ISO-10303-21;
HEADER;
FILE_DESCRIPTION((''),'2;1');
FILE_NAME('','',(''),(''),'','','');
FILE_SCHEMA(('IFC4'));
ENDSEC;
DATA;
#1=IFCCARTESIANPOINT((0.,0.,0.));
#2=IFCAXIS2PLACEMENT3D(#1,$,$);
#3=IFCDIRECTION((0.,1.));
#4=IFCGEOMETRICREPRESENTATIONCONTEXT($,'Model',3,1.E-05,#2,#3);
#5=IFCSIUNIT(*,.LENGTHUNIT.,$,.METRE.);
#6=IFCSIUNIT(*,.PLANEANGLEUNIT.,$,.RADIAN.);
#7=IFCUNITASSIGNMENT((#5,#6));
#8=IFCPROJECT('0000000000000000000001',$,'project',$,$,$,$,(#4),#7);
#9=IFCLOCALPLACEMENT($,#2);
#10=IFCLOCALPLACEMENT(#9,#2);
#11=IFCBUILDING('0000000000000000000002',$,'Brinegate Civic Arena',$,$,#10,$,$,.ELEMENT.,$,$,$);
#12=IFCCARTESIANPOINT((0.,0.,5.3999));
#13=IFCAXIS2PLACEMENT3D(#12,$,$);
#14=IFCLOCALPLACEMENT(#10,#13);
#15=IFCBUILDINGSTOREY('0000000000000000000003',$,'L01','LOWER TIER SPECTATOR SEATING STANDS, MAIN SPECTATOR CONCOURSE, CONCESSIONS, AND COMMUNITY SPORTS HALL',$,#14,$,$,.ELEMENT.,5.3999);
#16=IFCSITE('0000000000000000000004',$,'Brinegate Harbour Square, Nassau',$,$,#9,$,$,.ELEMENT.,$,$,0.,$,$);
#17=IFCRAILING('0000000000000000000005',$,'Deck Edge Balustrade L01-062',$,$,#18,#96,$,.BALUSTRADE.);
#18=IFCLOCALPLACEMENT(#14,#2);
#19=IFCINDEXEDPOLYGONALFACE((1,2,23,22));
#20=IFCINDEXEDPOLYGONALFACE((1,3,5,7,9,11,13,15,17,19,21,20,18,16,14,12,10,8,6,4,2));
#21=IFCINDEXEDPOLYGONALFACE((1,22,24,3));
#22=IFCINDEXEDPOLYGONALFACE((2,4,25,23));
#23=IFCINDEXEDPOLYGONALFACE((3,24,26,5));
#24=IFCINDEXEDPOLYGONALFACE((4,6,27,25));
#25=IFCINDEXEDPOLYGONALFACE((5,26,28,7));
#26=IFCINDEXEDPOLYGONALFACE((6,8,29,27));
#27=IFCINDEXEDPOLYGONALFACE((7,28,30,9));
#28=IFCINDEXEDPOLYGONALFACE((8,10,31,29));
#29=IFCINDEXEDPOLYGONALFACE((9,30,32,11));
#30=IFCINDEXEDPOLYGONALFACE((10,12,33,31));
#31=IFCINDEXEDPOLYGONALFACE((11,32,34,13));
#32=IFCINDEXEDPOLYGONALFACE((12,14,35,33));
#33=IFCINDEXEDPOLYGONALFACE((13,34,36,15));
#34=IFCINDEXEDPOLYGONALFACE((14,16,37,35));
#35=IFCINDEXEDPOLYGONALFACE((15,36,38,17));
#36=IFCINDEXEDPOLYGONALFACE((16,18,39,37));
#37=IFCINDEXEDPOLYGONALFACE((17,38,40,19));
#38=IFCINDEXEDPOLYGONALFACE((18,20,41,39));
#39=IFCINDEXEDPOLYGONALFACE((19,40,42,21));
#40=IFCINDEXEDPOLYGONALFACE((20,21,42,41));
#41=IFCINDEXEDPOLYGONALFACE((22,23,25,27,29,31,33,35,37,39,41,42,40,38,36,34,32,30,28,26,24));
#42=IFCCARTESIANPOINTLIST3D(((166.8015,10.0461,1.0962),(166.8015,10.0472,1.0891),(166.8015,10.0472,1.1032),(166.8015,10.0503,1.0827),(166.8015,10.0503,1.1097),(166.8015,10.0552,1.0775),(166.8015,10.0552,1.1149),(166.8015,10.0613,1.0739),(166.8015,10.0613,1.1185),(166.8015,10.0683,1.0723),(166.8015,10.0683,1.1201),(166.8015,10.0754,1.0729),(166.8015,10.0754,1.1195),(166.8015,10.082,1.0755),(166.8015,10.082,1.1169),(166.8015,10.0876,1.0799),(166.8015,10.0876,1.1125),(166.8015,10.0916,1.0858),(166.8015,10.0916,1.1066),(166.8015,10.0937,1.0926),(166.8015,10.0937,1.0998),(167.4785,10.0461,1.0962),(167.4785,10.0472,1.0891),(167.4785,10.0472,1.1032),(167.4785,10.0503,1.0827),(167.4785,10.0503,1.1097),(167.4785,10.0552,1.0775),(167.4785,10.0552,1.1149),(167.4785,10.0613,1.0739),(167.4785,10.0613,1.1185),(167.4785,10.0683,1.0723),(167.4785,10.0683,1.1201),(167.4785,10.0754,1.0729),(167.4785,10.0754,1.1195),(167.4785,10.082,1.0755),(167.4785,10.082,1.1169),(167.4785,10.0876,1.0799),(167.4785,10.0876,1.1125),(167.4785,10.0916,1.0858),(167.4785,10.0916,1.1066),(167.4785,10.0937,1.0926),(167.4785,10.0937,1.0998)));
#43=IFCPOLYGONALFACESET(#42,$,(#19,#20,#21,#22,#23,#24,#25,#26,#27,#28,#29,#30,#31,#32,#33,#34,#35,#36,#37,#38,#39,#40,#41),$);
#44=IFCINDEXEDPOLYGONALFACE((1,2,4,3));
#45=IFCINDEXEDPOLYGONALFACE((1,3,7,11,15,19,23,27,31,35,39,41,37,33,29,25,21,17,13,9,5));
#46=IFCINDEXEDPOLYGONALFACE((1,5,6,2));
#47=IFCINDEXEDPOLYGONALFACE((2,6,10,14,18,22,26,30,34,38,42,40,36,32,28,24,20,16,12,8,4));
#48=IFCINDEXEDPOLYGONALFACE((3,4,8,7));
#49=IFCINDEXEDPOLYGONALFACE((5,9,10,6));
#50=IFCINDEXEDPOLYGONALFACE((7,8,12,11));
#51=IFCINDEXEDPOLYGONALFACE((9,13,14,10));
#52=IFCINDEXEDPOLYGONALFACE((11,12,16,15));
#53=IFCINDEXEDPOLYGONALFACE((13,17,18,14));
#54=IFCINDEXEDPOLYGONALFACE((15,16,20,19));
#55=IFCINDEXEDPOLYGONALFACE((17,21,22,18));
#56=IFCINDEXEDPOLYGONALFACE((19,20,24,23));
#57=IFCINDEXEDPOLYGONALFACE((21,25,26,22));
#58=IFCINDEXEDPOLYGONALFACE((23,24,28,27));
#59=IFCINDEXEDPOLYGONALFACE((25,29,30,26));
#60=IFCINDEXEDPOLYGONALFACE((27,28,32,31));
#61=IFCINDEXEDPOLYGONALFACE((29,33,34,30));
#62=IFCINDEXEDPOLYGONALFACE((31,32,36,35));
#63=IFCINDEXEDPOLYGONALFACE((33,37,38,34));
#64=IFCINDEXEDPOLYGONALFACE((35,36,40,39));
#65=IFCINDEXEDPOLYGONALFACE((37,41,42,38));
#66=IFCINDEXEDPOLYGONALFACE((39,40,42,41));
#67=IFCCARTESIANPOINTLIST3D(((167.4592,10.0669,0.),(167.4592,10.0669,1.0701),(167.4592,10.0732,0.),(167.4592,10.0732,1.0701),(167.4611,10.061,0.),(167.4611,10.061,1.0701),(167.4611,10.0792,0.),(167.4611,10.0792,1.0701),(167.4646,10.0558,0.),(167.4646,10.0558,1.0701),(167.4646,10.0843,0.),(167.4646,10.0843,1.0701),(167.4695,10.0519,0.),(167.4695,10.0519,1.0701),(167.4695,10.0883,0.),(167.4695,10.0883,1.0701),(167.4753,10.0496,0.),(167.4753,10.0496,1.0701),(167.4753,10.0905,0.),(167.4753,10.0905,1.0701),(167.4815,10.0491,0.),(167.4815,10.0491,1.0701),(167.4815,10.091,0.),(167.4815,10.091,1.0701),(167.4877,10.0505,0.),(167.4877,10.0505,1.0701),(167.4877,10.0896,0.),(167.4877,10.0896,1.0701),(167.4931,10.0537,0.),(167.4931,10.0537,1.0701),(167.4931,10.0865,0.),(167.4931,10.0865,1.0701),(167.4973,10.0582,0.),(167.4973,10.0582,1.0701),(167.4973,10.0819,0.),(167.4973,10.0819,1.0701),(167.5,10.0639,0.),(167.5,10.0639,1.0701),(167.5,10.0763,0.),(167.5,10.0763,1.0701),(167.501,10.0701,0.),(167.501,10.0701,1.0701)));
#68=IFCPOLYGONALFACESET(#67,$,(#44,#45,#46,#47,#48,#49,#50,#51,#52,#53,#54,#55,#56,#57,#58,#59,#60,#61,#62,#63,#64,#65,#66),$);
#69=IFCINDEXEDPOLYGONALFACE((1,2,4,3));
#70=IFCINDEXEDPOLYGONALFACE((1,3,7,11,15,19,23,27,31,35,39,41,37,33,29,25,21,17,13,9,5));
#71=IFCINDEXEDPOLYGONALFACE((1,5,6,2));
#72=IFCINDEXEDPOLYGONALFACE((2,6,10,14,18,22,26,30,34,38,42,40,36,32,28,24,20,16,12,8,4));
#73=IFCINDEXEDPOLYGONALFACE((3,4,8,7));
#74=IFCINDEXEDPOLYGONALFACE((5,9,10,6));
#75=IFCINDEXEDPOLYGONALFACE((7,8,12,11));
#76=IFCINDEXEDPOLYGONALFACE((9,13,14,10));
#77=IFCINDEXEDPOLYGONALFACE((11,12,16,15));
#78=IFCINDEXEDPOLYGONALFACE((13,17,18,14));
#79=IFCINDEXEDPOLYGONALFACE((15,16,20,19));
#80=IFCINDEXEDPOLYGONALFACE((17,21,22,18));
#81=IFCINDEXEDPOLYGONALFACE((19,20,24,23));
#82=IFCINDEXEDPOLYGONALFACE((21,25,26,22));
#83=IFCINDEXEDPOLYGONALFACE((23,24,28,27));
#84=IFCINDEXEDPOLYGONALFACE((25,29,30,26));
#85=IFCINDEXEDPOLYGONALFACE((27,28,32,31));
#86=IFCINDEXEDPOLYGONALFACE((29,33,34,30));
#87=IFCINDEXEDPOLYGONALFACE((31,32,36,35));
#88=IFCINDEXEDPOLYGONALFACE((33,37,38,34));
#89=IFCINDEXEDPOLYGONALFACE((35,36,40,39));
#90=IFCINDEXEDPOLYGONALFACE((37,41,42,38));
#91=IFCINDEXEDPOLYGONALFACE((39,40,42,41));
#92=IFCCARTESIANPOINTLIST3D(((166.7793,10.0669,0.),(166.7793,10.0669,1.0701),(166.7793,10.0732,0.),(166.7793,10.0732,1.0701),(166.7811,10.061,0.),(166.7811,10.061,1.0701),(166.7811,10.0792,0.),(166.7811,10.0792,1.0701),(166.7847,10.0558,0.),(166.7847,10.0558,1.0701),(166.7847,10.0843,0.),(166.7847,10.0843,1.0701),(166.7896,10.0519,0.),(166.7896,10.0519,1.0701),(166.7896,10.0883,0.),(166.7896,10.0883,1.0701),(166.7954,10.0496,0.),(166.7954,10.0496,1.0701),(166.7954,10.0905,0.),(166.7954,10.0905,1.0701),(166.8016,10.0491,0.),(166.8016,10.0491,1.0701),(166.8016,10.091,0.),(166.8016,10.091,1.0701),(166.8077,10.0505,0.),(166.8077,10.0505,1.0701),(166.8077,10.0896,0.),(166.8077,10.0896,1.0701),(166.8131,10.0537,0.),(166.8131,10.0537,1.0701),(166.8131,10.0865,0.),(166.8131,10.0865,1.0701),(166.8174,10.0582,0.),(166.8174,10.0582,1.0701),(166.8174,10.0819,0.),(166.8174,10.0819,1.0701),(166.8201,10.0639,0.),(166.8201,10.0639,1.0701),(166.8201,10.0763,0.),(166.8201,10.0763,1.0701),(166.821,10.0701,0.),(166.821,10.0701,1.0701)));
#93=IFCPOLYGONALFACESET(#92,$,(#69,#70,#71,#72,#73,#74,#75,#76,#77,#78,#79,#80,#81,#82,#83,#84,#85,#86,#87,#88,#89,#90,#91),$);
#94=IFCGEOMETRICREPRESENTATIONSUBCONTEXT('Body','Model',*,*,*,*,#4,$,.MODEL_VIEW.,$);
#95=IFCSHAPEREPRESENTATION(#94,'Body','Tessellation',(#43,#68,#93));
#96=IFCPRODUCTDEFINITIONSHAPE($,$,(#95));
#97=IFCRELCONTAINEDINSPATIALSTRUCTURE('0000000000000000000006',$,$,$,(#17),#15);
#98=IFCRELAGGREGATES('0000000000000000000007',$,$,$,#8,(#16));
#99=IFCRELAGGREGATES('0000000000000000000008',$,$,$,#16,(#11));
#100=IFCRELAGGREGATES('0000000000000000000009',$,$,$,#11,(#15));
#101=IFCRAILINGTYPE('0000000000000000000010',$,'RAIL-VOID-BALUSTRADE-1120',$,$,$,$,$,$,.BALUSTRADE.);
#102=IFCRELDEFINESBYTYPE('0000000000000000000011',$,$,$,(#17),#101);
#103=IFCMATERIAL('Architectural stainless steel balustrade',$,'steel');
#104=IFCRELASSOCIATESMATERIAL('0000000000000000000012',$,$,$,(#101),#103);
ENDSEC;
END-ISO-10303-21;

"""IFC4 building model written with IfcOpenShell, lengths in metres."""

from ifc_helpers import new_model, si_unit, direction, frame, origin, origin_2d, place, context, subcontext, project, spatial, circle, extrude, material, type_object, element, save


model = new_model("IFC4")

# Units and contexts
model_context = context("Model", 3, precision=1e-05, world=origin(), true_north=direction((0.0, 1.0)))
body_context = subcontext(model_context, "Body", "Model", "MODEL_VIEW")
ifc_project = project(units=[si_unit("LENGTHUNIT", "METRE"), si_unit("PLANEANGLEUNIT", "RADIAN")], contexts=[model_context])

# Site, building, storey
site_placement = place(None, origin())
site = spatial("IfcSite", under=ifc_project, at=site_placement, Name="Brinegate Harbour Square, Nassau", CompositionType="ELEMENT", RefElevation=0.0)
building_placement = place(site_placement, origin())
building = spatial("IfcBuilding", under=site, at=building_placement, Name="Brinegate Civic Arena", CompositionType="ELEMENT")
storey_placement = place(building_placement, frame((0.0, 0.0, 5.3999)))
storey = spatial("IfcBuildingStorey", under=building, at=storey_placement, Name="L01", Description="LOWER TIER SPECTATOR SEATING STANDS, MAIN SPECTATOR CONCOURSE, CONCESSIONS, AND COMMUNITY SPORTS HALL", CompositionType="ELEMENT", Elevation=5.3999)

# Railing
ifc_material_1 = material(Name="Architectural stainless steel balustrade", Category="steel")
railing_type_1 = type_object("IfcRailingType", Name="RAIL-VOID-BALUSTRADE-1120", PredefinedType="BALUSTRADE", material=ifc_material_1)
railing_1_placement = place(storey_placement, frame((167.48, 10.0701, 0.0)))
element("IfcRailing", 1, at=railing_1_placement, inside=storey, type_object=railing_type_1, Name="Deck Edge Balustrade L01-062", PredefinedType="BALUSTRADE", context=body_context, shape_type="SweptSolid", body=[
    extrude(circle(Radius=0.0239, at=origin_2d()), frame((-0.0015, 0.0, 1.0962), z_axis=(-1.0, 0.0, 0.0), x_axis=(0.0, -1.0, 0.0)), (0.0, 0.0, 1.0), 0.677),
    extrude(circle(Radius=0.021, at=origin_2d()), origin(), (0.0, 0.0, 1.0), 1.0701),
    extrude(circle(Radius=0.021, at=origin_2d()), frame((-0.6799, 0.0, 0.0)), (0.0, 0.0, 1.0), 1.0701),
])

save(model, "model.ifc")
